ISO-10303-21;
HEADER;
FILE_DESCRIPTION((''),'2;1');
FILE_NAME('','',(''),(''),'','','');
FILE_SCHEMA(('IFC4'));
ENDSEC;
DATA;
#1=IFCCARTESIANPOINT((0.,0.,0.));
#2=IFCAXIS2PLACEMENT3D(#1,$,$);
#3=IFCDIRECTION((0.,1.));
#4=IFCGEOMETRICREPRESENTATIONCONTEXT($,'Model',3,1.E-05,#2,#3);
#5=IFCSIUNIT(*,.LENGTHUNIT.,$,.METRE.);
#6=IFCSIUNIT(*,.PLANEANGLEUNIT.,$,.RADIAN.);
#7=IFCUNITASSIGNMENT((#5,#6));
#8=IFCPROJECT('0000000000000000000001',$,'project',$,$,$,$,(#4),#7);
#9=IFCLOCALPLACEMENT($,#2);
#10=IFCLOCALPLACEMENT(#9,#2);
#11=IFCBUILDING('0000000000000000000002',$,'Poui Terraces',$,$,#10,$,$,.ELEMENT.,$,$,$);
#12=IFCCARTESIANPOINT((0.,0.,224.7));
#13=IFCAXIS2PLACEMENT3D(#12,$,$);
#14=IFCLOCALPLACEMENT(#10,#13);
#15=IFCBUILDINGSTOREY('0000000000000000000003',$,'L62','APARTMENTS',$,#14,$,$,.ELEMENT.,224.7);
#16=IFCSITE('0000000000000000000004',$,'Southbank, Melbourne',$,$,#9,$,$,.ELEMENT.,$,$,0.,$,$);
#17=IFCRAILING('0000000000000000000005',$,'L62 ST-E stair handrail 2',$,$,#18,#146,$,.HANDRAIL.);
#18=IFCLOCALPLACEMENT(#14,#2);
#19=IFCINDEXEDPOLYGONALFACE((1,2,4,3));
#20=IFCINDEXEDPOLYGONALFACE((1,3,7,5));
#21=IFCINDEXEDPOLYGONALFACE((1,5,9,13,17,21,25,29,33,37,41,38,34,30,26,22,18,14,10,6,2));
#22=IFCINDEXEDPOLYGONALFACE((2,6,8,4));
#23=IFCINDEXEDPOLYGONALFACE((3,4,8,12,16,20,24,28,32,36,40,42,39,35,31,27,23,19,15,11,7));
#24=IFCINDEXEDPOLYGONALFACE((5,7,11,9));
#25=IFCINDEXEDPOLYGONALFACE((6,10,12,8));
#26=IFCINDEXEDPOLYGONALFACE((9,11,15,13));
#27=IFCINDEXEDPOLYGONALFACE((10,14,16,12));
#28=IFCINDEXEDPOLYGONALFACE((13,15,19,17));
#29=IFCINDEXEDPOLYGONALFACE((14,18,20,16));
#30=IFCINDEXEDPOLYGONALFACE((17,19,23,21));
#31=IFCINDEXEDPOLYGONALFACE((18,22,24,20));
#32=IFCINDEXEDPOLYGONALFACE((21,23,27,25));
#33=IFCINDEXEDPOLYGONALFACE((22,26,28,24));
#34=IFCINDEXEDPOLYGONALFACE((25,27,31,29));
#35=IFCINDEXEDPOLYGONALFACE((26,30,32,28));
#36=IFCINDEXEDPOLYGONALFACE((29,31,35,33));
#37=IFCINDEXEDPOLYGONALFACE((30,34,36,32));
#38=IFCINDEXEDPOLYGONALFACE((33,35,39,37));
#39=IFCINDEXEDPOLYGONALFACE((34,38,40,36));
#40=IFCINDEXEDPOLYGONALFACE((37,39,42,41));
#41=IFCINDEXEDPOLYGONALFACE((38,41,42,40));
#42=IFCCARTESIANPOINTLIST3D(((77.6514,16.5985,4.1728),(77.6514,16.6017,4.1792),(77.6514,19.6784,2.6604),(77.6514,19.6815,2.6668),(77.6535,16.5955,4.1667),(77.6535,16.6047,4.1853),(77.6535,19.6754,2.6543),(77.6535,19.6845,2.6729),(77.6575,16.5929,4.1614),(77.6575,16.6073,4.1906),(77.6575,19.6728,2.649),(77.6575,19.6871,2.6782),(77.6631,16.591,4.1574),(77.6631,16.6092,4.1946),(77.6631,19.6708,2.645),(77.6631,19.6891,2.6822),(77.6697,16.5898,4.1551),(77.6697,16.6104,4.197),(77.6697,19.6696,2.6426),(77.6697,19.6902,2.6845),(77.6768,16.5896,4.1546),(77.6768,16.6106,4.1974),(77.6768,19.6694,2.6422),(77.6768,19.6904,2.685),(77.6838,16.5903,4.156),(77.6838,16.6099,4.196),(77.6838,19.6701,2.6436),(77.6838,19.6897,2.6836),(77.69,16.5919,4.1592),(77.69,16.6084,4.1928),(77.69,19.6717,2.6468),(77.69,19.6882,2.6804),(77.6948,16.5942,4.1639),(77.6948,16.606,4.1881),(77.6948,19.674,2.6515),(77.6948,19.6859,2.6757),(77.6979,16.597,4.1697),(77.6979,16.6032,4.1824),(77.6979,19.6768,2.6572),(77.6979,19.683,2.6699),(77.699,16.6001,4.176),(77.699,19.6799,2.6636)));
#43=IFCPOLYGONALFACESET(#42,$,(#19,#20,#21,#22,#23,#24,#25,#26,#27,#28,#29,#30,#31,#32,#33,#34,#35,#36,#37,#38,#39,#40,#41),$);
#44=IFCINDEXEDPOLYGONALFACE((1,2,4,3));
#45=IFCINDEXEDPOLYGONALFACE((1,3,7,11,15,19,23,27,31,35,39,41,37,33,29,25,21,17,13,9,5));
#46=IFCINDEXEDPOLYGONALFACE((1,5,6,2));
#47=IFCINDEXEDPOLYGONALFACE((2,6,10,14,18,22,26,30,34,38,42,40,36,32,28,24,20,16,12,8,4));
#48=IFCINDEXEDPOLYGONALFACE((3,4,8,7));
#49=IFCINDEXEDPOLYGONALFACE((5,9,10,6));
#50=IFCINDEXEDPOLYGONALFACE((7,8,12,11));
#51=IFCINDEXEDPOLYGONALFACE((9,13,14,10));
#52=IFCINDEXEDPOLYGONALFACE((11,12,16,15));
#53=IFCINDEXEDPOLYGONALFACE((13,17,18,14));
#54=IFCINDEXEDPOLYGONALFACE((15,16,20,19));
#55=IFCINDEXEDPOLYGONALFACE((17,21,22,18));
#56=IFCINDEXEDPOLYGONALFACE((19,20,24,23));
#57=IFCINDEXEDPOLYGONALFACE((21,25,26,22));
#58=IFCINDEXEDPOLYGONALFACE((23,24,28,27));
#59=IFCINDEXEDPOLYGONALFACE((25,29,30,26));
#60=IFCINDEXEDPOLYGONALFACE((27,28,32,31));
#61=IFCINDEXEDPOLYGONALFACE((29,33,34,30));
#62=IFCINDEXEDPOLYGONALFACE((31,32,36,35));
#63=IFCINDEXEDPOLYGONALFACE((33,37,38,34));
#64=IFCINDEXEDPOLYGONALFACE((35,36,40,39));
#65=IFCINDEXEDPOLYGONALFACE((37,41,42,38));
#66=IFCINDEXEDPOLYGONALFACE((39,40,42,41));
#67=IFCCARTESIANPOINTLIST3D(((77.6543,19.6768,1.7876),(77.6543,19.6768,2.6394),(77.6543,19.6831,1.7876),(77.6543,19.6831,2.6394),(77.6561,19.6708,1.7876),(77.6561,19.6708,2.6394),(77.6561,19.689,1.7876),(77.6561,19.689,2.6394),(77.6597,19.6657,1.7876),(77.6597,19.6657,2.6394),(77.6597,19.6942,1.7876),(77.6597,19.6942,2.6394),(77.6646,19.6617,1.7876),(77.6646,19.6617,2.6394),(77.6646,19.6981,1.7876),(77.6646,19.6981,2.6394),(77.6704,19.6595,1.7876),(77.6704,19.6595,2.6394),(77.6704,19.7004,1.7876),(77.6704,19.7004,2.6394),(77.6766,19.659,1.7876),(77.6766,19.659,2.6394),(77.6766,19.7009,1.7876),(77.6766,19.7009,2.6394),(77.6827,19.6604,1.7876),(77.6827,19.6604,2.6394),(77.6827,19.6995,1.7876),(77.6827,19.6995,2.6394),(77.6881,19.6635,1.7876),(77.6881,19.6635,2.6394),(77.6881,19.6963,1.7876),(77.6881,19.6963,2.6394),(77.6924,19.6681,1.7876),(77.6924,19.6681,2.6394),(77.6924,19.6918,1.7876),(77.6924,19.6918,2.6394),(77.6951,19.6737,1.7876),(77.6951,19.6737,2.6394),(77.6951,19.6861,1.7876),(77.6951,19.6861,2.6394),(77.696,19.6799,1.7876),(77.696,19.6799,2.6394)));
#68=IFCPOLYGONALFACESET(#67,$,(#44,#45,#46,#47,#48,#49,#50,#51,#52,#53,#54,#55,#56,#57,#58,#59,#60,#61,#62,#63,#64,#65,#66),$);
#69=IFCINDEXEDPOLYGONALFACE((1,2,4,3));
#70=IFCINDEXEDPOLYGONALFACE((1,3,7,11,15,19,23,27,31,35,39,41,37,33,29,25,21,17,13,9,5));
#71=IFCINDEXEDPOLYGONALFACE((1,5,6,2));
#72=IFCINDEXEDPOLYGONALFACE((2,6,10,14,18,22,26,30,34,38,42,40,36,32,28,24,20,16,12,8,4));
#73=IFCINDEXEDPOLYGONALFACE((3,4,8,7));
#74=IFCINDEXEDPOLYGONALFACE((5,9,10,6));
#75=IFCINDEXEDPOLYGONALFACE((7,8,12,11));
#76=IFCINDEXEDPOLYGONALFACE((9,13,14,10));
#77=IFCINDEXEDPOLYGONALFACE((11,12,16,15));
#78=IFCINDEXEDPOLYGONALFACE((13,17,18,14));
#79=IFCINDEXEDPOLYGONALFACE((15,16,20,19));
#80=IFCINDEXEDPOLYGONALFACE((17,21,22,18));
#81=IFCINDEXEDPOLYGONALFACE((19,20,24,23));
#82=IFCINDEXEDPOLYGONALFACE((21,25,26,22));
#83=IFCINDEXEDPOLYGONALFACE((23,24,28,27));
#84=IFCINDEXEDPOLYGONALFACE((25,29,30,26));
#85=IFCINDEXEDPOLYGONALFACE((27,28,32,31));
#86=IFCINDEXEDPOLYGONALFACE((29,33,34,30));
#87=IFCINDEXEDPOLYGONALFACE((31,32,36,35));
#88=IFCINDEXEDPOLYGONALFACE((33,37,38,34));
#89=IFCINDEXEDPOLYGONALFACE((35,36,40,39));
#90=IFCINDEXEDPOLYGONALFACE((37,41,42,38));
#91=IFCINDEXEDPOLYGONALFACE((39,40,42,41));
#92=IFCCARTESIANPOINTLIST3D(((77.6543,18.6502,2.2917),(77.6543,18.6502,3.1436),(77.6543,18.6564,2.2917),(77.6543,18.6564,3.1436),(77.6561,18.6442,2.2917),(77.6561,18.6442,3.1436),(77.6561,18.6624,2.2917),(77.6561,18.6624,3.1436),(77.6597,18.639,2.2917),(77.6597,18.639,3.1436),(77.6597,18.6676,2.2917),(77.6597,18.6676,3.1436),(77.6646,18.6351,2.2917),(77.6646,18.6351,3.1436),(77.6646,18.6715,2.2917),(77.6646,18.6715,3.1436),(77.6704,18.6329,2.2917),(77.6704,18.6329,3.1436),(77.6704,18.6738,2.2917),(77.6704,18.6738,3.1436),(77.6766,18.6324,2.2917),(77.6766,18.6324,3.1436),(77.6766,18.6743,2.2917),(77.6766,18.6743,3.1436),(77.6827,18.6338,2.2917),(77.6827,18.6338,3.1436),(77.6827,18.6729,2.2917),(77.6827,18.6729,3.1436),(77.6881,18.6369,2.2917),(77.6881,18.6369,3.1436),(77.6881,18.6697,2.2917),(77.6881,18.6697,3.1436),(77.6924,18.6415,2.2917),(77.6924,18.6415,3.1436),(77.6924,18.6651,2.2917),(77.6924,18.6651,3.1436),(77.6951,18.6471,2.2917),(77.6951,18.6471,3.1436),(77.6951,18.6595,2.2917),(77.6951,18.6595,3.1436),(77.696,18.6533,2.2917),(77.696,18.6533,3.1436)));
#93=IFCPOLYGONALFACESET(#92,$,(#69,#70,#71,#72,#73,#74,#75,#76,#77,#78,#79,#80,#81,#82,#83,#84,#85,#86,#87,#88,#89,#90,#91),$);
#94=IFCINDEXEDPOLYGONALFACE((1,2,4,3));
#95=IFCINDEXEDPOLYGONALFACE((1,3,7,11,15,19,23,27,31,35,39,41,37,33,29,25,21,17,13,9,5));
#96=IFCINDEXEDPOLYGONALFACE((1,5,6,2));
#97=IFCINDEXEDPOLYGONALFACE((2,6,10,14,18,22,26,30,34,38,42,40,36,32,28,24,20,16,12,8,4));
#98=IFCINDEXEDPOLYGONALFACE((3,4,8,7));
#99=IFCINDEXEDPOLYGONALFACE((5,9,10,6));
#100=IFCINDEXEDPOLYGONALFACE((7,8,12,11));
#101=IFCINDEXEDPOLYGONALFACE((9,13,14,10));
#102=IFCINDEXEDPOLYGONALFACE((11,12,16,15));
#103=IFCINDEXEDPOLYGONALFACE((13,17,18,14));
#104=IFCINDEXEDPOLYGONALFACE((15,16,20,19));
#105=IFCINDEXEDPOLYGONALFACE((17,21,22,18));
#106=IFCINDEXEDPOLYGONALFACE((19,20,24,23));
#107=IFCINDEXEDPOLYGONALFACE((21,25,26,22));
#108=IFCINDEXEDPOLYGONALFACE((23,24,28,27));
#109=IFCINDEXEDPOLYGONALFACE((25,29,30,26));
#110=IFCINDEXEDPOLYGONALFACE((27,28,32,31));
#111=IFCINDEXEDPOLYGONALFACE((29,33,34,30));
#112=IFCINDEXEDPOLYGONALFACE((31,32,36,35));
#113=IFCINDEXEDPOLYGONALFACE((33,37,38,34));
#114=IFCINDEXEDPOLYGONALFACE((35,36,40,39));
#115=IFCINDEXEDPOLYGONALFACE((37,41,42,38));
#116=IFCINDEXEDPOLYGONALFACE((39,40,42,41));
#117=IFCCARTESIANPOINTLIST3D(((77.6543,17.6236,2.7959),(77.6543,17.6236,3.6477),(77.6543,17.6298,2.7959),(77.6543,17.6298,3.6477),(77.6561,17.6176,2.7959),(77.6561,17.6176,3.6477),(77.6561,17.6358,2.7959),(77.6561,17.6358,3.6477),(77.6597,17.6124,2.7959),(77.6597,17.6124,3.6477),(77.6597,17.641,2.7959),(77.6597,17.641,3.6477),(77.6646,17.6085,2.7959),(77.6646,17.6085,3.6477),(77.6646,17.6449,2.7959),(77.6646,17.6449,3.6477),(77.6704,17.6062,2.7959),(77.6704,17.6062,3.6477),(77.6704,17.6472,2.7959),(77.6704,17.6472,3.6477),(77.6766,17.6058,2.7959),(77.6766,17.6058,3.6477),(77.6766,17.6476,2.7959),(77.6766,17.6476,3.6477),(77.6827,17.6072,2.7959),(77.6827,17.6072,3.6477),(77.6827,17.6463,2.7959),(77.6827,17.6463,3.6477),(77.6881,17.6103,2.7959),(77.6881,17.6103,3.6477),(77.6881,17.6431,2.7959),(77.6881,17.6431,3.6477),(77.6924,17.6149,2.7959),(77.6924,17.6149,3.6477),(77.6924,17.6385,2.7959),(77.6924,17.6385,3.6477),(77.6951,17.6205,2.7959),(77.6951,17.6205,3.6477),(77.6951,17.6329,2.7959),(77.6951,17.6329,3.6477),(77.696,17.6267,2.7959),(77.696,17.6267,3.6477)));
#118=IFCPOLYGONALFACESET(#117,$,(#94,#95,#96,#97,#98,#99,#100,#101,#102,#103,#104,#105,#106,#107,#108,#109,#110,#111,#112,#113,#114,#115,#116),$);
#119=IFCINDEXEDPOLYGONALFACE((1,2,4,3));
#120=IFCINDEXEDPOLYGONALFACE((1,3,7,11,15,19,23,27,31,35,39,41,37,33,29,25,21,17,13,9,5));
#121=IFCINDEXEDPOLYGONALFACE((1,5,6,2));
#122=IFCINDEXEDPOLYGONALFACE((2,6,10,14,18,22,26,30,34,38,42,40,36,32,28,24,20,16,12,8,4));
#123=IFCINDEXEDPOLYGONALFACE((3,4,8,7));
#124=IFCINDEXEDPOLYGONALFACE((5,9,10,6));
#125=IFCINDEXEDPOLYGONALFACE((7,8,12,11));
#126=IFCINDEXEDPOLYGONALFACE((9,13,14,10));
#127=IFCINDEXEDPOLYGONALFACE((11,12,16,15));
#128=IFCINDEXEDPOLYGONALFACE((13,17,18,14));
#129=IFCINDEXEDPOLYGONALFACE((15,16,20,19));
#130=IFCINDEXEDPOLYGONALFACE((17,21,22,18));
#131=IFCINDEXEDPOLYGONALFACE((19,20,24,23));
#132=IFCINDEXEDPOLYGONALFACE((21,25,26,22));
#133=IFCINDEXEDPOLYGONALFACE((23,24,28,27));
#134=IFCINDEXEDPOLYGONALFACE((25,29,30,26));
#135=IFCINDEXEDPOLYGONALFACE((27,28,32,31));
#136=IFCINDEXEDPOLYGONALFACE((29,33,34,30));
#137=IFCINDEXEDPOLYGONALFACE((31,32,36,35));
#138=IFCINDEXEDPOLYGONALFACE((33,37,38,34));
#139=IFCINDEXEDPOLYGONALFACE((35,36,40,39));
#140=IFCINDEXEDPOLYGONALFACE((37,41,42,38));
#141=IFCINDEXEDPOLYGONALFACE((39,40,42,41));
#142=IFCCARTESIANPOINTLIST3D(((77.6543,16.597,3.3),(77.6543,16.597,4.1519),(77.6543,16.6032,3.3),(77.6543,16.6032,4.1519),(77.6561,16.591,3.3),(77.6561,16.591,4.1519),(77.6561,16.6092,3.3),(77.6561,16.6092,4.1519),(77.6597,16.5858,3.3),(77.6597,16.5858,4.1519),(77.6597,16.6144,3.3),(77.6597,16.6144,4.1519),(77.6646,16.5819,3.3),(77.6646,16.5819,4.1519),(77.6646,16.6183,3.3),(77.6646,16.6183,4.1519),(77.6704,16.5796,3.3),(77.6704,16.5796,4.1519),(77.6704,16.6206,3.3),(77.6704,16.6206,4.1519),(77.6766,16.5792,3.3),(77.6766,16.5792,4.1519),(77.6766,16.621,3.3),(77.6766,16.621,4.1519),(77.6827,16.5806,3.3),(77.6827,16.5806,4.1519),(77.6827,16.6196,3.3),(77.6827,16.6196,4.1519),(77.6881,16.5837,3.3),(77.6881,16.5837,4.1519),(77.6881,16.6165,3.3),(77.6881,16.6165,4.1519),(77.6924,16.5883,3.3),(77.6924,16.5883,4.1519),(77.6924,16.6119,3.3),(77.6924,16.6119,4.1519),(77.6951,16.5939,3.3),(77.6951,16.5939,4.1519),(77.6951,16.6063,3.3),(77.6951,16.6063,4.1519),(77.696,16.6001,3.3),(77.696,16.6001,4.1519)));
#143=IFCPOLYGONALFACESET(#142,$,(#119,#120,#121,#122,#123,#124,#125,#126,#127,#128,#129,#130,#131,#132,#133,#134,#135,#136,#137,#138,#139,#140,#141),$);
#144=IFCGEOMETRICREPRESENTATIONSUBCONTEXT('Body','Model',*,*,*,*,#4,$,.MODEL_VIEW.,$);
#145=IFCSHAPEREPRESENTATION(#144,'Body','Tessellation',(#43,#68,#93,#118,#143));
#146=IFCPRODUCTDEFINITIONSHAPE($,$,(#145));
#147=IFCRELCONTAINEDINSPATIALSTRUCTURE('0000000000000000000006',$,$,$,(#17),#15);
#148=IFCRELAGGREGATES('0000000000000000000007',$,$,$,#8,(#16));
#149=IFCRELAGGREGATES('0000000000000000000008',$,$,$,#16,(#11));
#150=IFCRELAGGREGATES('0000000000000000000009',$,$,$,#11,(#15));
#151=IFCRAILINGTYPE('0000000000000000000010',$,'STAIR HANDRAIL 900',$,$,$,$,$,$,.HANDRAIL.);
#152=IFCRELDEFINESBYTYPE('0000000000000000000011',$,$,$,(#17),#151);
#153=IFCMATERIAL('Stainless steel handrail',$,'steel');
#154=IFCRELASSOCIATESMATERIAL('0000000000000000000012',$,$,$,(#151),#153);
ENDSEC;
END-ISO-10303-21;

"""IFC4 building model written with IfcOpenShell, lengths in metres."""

from ifc_helpers import new_model, si_unit, direction, frame, origin, origin_2d, place, context, subcontext, project, spatial, circle, extrude, material, type_object, element, save


model = new_model("IFC4")

# Units and contexts
model_context = context("Model", 3, precision=1e-05, world=origin(), true_north=direction((0.0, 1.0)))
body_context = subcontext(model_context, "Body", "Model", "MODEL_VIEW")
ifc_project = project(units=[si_unit("LENGTHUNIT", "METRE"), si_unit("PLANEANGLEUNIT", "RADIAN")], contexts=[model_context])

# Site, building, storey
site_placement = place(None, origin())
site = spatial("IfcSite", under=ifc_project, at=site_placement, Name="Southbank, Melbourne", CompositionType="ELEMENT", RefElevation=0.0)
building_placement = place(site_placement, origin())
building = spatial("IfcBuilding", under=site, at=building_placement, Name="Poui Terraces", CompositionType="ELEMENT")
storey_placement = place(building_placement, frame((0.0, 0.0, 224.7)))
storey = spatial("IfcBuildingStorey", under=building, at=storey_placement, Name="L62", Description="APARTMENTS", CompositionType="ELEMENT", Elevation=224.7)

# Railing
ifc_material_1 = material(Name="Stainless steel handrail", Category="steel")
railing_type_1 = type_object("IfcRailingType", Name="STAIR HANDRAIL 900", PredefinedType="HANDRAIL", material=ifc_material_1)
for number, where, name in (
    (1, (77.675, 19.6799, 1.7876), "L62 ST-E stair handrail 2"),
):
    element("IfcRailing", number, at=place(storey_placement, frame(where)), inside=storey, type_object=railing_type_1, Name=name, PredefinedType="HANDRAIL", context=body_context, shape_type="SweptSolid", body=[
        extrude(circle(Radius=0.0239, at=origin_2d()), frame((0.0, 0.0, 0.876), z_axis=(0.0, -0.897606, 0.440798), x_axis=(1.0, 0.0, 0.0)), (0.0, 0.0, 1.0), 3.4312),
        extrude(circle(Radius=0.021, at=origin_2d()), origin(), (0.0, 0.0, 1.0), 0.8518),
        extrude(circle(Radius=0.021, at=origin_2d()), frame((0.0, -1.0266, 0.5042)), (0.0, 0.0, 1.0), 0.8518),
        extrude(circle(Radius=0.021, at=origin_2d()), frame((0.0, -2.0532, 1.0083)), (0.0, 0.0, 1.0), 0.8518),
        extrude(circle(Radius=0.021, at=origin_2d()), frame((0.0, -3.0798, 1.5125)), (0.0, 0.0, 1.0), 0.8518),
    ])

save(model, "model.ifc")
